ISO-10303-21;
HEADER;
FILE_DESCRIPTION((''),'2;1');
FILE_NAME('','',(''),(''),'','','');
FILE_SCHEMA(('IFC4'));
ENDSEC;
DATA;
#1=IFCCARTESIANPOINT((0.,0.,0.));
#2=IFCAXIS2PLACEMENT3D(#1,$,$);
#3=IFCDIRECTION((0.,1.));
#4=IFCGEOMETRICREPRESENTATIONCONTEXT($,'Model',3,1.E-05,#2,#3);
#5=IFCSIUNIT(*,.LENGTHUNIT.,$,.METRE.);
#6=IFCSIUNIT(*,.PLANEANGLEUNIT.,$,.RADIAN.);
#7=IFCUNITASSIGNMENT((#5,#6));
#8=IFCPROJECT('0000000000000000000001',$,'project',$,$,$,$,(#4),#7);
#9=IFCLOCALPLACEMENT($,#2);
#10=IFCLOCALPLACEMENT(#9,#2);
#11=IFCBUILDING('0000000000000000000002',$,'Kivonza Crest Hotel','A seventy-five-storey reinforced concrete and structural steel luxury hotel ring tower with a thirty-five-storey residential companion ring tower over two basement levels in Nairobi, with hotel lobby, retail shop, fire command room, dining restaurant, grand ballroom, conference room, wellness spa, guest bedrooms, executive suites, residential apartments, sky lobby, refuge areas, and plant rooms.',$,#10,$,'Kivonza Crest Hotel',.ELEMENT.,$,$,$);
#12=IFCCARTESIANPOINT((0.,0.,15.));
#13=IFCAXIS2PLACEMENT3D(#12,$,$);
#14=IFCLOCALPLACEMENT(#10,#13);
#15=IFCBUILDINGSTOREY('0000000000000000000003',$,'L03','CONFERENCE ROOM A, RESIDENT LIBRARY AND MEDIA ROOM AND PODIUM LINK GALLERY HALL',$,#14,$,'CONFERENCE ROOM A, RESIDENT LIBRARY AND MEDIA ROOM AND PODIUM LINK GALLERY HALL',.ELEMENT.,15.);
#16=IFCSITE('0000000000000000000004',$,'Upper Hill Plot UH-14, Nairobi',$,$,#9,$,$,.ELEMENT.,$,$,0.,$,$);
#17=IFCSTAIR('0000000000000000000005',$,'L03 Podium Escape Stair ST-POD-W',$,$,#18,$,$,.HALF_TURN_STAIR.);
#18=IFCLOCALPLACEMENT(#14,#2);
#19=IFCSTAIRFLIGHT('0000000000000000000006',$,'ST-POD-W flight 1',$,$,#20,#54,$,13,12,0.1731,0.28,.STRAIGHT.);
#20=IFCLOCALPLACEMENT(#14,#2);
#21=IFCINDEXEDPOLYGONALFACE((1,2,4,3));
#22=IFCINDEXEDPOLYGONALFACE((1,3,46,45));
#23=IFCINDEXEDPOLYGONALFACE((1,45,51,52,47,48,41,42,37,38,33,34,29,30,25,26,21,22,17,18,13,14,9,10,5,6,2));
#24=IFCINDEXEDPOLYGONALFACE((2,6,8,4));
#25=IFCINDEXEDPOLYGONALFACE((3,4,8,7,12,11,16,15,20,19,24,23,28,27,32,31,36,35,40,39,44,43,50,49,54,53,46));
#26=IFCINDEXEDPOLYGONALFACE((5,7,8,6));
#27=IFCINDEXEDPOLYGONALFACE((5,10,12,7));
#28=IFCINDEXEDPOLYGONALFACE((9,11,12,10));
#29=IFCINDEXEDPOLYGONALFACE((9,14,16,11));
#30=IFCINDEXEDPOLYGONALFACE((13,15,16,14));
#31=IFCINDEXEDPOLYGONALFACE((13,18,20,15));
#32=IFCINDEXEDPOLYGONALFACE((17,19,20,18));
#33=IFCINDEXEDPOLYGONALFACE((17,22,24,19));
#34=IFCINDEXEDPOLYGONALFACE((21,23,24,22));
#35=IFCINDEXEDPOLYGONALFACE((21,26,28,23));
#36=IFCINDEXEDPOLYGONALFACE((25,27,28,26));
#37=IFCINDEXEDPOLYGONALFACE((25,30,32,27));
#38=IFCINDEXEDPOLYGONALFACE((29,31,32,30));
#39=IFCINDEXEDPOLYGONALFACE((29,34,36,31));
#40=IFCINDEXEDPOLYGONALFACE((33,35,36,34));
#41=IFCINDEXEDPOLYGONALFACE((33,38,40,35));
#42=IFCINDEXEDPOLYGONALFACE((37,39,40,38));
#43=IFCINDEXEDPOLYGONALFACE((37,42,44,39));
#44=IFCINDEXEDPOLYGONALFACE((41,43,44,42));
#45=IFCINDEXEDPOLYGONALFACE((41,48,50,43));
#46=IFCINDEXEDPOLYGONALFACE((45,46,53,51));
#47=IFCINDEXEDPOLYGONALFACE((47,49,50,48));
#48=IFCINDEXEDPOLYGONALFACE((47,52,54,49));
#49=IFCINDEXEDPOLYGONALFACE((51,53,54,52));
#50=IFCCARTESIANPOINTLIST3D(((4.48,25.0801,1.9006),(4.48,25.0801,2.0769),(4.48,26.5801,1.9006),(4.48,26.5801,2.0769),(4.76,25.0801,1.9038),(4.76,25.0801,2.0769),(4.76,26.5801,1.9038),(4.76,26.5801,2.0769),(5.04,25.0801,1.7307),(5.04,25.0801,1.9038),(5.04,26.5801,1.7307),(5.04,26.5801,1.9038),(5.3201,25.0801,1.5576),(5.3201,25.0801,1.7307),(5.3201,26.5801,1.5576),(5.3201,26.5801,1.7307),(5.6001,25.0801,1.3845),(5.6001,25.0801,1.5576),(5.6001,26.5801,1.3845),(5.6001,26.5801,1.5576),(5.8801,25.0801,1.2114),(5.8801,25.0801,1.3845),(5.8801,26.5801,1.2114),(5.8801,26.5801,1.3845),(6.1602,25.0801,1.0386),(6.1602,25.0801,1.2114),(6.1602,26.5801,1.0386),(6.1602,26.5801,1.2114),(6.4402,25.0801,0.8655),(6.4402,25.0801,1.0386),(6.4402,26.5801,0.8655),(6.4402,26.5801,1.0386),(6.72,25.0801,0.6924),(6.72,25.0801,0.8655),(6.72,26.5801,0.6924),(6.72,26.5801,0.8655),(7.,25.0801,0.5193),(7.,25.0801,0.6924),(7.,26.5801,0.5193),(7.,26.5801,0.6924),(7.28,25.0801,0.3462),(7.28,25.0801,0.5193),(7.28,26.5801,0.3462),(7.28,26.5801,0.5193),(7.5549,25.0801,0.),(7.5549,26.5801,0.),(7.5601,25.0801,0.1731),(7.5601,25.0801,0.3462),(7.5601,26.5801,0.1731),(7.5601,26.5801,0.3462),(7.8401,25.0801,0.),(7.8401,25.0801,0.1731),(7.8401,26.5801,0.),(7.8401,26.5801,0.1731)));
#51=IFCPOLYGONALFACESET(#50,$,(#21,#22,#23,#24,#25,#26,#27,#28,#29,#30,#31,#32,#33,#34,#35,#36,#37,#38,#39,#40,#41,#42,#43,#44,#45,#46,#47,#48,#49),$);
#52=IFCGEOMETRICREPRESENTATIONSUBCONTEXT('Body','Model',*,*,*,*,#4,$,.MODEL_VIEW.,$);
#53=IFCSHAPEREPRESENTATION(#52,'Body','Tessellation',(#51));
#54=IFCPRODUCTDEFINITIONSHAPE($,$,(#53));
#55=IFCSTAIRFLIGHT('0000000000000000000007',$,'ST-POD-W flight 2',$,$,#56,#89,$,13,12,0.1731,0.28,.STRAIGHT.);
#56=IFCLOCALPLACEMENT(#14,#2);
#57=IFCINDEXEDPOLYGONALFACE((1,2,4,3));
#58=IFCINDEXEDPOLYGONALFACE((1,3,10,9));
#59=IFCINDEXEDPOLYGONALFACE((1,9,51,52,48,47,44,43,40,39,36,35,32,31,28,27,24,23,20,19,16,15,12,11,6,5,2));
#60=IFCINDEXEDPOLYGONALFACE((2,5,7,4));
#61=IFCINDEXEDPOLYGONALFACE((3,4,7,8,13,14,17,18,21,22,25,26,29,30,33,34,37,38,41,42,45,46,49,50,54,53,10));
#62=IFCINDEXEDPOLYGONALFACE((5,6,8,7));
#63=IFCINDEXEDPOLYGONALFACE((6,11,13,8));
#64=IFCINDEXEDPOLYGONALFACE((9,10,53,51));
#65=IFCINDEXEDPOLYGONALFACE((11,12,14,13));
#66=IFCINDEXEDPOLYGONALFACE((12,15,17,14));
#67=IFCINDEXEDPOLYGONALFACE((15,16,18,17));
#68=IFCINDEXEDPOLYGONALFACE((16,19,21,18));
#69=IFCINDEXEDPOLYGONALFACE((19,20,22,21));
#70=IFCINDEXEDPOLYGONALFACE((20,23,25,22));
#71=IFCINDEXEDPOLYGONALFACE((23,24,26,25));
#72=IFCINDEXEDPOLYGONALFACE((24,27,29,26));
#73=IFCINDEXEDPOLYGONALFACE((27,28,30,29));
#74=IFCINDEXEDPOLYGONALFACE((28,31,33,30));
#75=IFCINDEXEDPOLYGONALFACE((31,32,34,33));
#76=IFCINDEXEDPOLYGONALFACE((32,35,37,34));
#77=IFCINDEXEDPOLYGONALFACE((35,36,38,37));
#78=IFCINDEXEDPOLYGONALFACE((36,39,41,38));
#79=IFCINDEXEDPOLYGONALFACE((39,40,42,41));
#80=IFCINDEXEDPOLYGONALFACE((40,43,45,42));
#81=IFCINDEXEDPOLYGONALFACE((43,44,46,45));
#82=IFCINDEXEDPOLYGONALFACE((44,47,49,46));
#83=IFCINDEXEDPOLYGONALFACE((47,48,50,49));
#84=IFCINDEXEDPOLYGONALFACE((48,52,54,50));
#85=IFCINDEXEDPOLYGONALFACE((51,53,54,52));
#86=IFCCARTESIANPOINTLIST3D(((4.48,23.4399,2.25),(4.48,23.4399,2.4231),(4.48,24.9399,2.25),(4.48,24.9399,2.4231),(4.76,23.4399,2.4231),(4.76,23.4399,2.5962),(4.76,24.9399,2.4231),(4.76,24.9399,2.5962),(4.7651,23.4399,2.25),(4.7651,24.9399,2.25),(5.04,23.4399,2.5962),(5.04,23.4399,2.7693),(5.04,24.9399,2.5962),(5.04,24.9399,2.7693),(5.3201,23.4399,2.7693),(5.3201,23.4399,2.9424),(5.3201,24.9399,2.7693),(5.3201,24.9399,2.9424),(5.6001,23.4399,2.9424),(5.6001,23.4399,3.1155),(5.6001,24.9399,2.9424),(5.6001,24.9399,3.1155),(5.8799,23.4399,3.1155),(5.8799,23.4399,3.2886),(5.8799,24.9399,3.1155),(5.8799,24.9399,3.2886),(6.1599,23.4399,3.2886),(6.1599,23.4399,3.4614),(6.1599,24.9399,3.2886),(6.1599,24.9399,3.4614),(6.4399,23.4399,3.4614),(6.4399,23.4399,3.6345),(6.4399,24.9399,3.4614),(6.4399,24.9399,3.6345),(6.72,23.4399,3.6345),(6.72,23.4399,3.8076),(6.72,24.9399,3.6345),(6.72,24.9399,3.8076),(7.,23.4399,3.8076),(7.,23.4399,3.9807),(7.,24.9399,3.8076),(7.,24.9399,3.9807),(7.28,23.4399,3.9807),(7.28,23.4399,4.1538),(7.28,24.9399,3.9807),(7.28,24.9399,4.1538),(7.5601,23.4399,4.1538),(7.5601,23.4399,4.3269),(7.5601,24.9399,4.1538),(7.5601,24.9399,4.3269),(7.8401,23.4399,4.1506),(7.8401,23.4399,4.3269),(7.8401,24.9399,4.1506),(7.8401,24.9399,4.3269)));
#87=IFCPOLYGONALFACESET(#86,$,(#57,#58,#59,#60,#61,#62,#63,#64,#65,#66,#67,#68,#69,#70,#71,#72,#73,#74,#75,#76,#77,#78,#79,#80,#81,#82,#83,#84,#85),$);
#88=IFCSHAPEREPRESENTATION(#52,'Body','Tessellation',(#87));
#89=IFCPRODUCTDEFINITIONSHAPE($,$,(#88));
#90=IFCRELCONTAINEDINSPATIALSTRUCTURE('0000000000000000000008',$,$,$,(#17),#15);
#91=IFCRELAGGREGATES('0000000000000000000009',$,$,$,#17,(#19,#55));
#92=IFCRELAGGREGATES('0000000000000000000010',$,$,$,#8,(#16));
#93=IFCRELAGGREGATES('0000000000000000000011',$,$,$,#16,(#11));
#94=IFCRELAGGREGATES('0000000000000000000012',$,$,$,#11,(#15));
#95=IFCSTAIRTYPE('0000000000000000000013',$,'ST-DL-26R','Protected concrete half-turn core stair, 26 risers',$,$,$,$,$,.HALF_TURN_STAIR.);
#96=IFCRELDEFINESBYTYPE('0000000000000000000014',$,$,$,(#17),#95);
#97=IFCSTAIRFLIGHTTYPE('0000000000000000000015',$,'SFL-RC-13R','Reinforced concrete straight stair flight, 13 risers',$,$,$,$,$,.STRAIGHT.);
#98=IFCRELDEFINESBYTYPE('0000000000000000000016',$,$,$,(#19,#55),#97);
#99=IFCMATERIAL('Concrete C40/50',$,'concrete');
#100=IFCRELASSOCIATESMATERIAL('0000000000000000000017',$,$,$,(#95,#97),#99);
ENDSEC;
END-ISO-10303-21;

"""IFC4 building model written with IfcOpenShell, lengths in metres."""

from ifc_helpers import new_model, si_unit, direction, frame, origin, place, context, subcontext, project, spatial, polyline, outline, extrude, material, type_object, element, aggregate, save


model = new_model("IFC4")

# Units and contexts
model_context = context("Model", 3, precision=1e-05, world=origin(), true_north=direction((0.0, 1.0)))
body_context = subcontext(model_context, "Body", "Model", "MODEL_VIEW")
ifc_project = project(units=[si_unit("LENGTHUNIT", "METRE"), si_unit("PLANEANGLEUNIT", "RADIAN")], contexts=[model_context])

# Site, building, storey
site_placement = place(None, origin())
site = spatial("IfcSite", under=ifc_project, at=site_placement, Name="Upper Hill Plot UH-14, Nairobi", CompositionType="ELEMENT", RefElevation=0.0)
building_placement = place(site_placement, origin())
building = spatial("IfcBuilding", under=site, at=building_placement, Name="Kivonza Crest Hotel", Description="A seventy-five-storey reinforced concrete and structural steel luxury hotel ring tower with a thirty-five-storey residential companion ring tower over two basement levels in Nairobi, with hotel lobby, retail shop, fire command room, dining restaurant, grand ballroom, conference room, wellness spa, guest bedrooms, executive suites, residential apartments, sky lobby, refuge areas, and plant rooms.", LongName="Kivonza Crest Hotel", CompositionType="ELEMENT")
storey_placement = place(building_placement, frame((0.0, 0.0, 15.0)))
storey = spatial("IfcBuildingStorey", under=building, at=storey_placement, Name="L03", Description="CONFERENCE ROOM A, RESIDENT LIBRARY AND MEDIA ROOM AND PODIUM LINK GALLERY HALL", LongName="CONFERENCE ROOM A, RESIDENT LIBRARY AND MEDIA ROOM AND PODIUM LINK GALLERY HALL", CompositionType="ELEMENT", Elevation=15.0)

# Shared definitions
ifc_material_1 = material(Name="Concrete C40/50", Category="concrete")
stair_type = type_object("IfcStairType", Name="ST-DL-26R", Description="Protected concrete half-turn core stair, 26 risers", PredefinedType="HALF_TURN_STAIR", material=ifc_material_1)
stair_flight_type = type_object("IfcStairFlightType", Name="SFL-RC-13R", Description="Reinforced concrete straight stair flight, 13 risers", PredefinedType="STRAIGHT", material=ifc_material_1)

# Stair, stair flights
stair_1_placement = place(storey_placement, origin())
stair_1 = element("IfcStair", 1, at=stair_1_placement, inside=storey, type_object=stair_type, Name="L03 Podium Escape Stair ST-POD-W", PredefinedType="HALF_TURN_STAIR")
stair_flight_1_placement = place(storey_placement, frame((7.8401, 25.8301, 0.0), z_axis=(0.0, 0.0, 1.0), x_axis=(-1.0, 0.0, 0.0)))
stair_flight_1 = element("IfcStairFlight", 2, at=stair_flight_1_placement, type_object=stair_flight_type, Name="ST-POD-W flight 1", NumberOfRisers=13, NumberOfTreads=12, PredefinedType="STRAIGHT", RiserHeight=0.1731, TreadLength=0.28, context=body_context, shape_type="SweptSolid", body=[
    extrude(outline(polyline([(0.0, 0.0), (0.0, 0.1731), (0.28, 0.1731), (0.28, 0.3462), (0.5601, 0.3462), (0.5601, 0.5193), (0.8401, 0.5193), (0.8401, 0.6924), (1.1201, 0.6924), (1.1201, 0.8655), (1.3999, 0.8655), (1.3999, 1.0386), (1.6799, 1.0386), (1.6799, 1.2114), (1.96, 1.2114), (1.96, 1.3845), (2.24, 1.3845), (2.24, 1.5576), (2.52, 1.5576), (2.52, 1.7307), (2.8, 1.7307), (2.8, 1.9038), (3.0801, 1.9038), (3.0801, 2.0769), (3.3601, 2.0769), (3.3601, 2.25), (3.3601, 1.9006), (0.2852, 0.0), (0.0, 0.0)])), frame((0.0, 0.75, 0.0), z_axis=(0.0, -1.0, 0.0), x_axis=(1.0, 0.0, 0.0)), (0.0, 0.0, 1.0), 1.5),
])
stair_flight_2_placement = place(storey_placement, frame((4.48, 24.1899, 2.25), z_axis=(0.0, 0.0, 1.0), x_axis=(1.0, 0.0, 0.0)))
stair_flight_2 = element("IfcStairFlight", 3, at=stair_flight_2_placement, type_object=stair_flight_type, Name="ST-POD-W flight 2", NumberOfRisers=13, NumberOfTreads=12, PredefinedType="STRAIGHT", RiserHeight=0.1731, TreadLength=0.28, context=body_context, shape_type="SweptSolid", body=[
    extrude(outline(polyline([(0.0, 0.0), (0.0, 0.1731), (0.28, 0.1731), (0.28, 0.3462), (0.5601, 0.3462), (0.5601, 0.5193), (0.8401, 0.5193), (0.8401, 0.6924), (1.1201, 0.6924), (1.1201, 0.8655), (1.3999, 0.8655), (1.3999, 1.0386), (1.6799, 1.0386), (1.6799, 1.2114), (1.96, 1.2114), (1.96, 1.3845), (2.24, 1.3845), (2.24, 1.5576), (2.52, 1.5576), (2.52, 1.7307), (2.8, 1.7307), (2.8, 1.9038), (3.0801, 1.9038), (3.0801, 2.0769), (3.3601, 2.0769), (3.3601, 2.25), (3.3601, 1.9006), (0.2852, 0.0), (0.0, 0.0)])), frame((0.0, 0.75, 0.0), z_axis=(0.0, -1.0, 0.0), x_axis=(1.0, 0.0, 0.0)), (0.0, 0.0, 1.0), 1.5),
])
aggregate(stair_1, [stair_flight_1, stair_flight_2])

save(model, "model.ifc")
